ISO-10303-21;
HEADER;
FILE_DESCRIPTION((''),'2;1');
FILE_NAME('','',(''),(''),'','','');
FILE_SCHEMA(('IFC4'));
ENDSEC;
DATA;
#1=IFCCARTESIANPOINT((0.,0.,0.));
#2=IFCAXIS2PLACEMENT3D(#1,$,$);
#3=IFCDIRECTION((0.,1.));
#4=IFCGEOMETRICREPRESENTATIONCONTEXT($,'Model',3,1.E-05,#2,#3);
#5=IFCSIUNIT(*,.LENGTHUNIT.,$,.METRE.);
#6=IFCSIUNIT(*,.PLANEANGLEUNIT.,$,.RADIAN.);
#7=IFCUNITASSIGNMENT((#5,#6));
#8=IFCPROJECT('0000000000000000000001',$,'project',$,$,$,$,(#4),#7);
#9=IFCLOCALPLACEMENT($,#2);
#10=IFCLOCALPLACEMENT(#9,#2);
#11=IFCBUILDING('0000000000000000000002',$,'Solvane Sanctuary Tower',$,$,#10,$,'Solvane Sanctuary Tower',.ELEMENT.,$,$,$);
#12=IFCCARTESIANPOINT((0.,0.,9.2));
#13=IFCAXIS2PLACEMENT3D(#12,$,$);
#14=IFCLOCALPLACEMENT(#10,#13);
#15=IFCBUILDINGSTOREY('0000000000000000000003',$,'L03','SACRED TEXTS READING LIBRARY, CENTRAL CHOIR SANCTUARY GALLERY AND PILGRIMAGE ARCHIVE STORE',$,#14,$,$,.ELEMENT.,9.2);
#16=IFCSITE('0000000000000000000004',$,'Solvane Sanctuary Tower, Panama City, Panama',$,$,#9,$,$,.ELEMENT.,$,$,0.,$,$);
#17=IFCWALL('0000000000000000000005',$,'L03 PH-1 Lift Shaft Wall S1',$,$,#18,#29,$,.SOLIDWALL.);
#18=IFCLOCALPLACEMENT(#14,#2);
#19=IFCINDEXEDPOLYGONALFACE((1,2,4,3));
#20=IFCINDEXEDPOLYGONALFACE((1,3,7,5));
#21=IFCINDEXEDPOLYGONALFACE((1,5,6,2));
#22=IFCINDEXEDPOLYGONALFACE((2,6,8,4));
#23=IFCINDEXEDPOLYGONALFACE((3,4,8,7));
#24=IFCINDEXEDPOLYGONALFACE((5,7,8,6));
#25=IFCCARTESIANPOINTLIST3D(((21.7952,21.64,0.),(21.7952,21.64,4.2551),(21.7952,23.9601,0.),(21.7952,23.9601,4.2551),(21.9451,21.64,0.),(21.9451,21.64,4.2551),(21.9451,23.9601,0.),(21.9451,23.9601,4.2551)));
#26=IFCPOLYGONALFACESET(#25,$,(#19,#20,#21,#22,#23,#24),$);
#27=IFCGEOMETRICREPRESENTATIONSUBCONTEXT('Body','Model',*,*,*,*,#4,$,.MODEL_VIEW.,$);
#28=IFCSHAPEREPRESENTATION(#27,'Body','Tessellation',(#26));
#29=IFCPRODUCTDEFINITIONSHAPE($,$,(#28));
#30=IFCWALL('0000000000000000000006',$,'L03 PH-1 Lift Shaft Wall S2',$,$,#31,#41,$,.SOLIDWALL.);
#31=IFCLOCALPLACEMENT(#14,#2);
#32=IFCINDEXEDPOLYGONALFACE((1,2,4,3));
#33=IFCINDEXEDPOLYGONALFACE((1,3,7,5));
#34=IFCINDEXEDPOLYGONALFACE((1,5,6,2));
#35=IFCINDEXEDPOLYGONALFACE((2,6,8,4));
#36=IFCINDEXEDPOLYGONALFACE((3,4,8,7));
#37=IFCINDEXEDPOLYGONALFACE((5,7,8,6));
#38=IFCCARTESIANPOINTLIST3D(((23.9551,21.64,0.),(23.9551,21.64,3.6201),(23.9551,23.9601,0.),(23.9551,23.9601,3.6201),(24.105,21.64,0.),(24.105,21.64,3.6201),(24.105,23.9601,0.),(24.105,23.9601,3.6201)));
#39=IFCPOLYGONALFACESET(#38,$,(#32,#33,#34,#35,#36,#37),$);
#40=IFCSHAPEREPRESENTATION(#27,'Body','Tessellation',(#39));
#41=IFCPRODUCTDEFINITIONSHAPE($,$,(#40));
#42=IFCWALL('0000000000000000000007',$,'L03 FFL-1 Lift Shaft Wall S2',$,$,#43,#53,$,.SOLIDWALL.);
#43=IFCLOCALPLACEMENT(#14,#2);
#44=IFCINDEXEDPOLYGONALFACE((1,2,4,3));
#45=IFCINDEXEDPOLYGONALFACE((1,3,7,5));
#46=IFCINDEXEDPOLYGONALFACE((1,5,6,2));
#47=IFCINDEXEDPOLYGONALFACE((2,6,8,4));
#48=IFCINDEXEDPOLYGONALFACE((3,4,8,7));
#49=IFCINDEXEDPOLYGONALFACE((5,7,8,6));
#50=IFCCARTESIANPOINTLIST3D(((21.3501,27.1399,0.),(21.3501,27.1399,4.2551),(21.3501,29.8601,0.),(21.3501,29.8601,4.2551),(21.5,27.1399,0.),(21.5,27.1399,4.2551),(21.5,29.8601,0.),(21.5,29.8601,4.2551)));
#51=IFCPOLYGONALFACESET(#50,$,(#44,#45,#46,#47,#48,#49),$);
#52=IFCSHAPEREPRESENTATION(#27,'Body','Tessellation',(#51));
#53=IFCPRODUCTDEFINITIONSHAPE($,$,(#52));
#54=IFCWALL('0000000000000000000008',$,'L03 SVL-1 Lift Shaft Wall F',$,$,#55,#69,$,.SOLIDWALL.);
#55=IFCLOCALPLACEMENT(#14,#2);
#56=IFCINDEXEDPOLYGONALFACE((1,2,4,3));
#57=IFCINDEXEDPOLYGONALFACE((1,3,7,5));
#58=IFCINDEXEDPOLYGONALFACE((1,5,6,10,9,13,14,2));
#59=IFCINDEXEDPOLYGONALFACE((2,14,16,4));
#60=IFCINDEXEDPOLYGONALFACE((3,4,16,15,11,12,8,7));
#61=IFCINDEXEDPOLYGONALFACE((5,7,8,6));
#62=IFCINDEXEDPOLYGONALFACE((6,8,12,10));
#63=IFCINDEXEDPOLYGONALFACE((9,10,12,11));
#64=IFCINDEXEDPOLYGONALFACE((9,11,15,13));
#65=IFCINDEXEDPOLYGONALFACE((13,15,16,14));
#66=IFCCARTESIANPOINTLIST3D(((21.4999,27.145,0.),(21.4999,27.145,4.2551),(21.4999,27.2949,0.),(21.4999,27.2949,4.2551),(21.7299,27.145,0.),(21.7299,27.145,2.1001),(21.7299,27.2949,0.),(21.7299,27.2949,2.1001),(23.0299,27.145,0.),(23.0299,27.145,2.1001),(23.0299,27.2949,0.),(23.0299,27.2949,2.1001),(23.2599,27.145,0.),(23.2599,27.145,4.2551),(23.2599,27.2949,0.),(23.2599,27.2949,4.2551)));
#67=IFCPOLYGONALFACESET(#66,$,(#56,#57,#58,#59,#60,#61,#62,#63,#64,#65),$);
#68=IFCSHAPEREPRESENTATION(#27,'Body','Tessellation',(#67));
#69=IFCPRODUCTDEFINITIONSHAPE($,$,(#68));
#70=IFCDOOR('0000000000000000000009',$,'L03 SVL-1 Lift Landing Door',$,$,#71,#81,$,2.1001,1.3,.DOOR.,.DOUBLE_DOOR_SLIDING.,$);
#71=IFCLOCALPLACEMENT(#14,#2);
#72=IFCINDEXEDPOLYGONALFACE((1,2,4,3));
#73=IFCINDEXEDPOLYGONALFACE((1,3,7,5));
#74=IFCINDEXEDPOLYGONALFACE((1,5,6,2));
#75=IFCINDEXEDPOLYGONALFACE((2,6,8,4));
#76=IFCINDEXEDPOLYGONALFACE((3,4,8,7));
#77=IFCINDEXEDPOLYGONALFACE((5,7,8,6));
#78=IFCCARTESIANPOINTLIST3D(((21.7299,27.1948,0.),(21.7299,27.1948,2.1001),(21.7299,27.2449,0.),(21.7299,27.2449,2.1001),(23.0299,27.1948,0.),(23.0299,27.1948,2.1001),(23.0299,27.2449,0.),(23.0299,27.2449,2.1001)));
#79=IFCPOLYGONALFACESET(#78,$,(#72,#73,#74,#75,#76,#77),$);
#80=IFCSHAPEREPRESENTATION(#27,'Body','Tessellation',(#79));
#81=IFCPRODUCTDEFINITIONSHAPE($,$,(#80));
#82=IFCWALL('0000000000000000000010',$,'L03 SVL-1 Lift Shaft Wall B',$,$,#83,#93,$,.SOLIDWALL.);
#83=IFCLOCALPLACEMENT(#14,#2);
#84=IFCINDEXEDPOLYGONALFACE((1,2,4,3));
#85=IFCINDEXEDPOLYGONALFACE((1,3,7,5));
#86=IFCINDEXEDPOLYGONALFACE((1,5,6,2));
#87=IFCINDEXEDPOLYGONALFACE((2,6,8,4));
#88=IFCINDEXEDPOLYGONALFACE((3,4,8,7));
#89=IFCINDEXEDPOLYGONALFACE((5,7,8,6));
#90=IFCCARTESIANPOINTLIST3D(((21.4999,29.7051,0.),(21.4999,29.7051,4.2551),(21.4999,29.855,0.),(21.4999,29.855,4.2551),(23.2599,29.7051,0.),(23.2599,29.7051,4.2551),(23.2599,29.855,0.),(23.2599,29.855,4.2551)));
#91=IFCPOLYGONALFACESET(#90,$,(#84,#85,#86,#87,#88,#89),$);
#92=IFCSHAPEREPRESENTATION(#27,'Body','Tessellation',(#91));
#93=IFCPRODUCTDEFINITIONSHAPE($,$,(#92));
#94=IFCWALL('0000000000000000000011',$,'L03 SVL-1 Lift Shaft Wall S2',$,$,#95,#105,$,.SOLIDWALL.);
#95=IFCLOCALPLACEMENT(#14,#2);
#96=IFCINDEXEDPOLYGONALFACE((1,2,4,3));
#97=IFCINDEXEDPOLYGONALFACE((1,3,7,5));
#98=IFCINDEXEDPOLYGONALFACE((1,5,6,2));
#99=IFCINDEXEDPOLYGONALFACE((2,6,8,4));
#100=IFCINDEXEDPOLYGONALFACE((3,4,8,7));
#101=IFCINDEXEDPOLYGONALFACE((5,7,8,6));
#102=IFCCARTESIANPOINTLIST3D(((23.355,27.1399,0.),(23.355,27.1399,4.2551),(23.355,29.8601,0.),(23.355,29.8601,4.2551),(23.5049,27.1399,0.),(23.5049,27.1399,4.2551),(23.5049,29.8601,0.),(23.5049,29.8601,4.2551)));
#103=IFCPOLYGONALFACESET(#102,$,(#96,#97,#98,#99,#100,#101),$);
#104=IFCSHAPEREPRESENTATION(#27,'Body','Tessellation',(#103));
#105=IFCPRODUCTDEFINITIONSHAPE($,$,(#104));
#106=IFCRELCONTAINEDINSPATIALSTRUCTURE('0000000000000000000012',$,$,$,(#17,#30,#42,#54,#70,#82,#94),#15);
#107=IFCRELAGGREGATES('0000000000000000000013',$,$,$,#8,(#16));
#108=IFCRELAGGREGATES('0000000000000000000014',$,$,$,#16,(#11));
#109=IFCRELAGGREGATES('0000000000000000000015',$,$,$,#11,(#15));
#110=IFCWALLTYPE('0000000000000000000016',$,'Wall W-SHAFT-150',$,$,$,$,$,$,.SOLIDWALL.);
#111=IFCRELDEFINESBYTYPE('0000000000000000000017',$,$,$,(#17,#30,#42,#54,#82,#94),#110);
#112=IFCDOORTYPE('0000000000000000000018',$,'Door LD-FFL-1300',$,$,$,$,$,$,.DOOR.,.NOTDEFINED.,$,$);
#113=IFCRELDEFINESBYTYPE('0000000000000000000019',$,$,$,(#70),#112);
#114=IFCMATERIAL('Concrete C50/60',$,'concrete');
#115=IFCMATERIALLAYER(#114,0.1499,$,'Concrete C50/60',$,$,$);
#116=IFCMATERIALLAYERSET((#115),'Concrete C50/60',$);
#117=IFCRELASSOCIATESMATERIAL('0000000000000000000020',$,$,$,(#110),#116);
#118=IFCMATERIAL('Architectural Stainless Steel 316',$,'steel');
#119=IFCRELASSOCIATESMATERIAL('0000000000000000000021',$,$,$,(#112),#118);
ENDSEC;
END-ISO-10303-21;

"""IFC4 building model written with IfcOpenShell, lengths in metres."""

from ifc_helpers import new_model, si_unit, direction, frame, frame_2d, origin, place, context, subcontext, project, spatial, rectangle, extrude, material, layer, layer_set, type_object, element, fill, save


model = new_model("IFC4")

# Units and contexts
model_context = context("Model", 3, precision=1e-05, world=origin(), true_north=direction((0.0, 1.0)))
body_context = subcontext(model_context, "Body", "Model", "MODEL_VIEW")
ifc_project = project(units=[si_unit("LENGTHUNIT", "METRE"), si_unit("PLANEANGLEUNIT", "RADIAN")], contexts=[model_context])

# Site, building, storey
site_placement = place(None, origin())
site = spatial("IfcSite", under=ifc_project, at=site_placement, Name="Solvane Sanctuary Tower, Panama City, Panama", CompositionType="ELEMENT", RefElevation=0.0)
building_placement = place(site_placement, origin())
building = spatial("IfcBuilding", under=site, at=building_placement, Name="Solvane Sanctuary Tower", LongName="Solvane Sanctuary Tower", CompositionType="ELEMENT")
storey_placement = place(building_placement, frame((0.0, 0.0, 9.2)))
storey = spatial("IfcBuildingStorey", under=building, at=storey_placement, Name="L03", Description="SACRED TEXTS READING LIBRARY, CENTRAL CHOIR SANCTUARY GALLERY AND PILGRIMAGE ARCHIVE STORE", CompositionType="ELEMENT", Elevation=9.2)

# Shared definitions
ifc_material_1 = material(Name="Architectural Stainless Steel 316", Category="steel")

# Walls
ifc_material_2 = material(Name="Concrete C50/60", Category="concrete")
ifc_layer_1 = layer(ifc_material_2, 0.1499, Name="Concrete C50/60")
ifc_layer_set_1 = layer_set([ifc_layer_1], Name="Concrete C50/60")
wall_type_1 = type_object("IfcWallType", Name="Wall W-SHAFT-150", PredefinedType="SOLIDWALL", material=ifc_layer_set_1)
wall_1_placement = place(storey_placement, frame((21.8701, 21.6399, 0.0), z_axis=(0.0, 0.0, 1.0), x_axis=(0.0, 1.0, 0.0)))
element("IfcWall", 1, at=wall_1_placement, inside=storey, type_object=wall_type_1, Name="L03 PH-1 Lift Shaft Wall S1", PredefinedType="SOLIDWALL", context=body_context, shape_type="SweptSolid", body=[
    extrude(rectangle(XDim=2.3201, YDim=0.1499, at=frame_2d((1.1602, 0.0))), origin(), (0.0, 0.0, 1.0), 4.2551),
])
wall_2_placement = place(storey_placement, frame((24.03, 21.6399, 0.0), z_axis=(0.0, 0.0, 1.0), x_axis=(0.0, 1.0, 0.0)))
element("IfcWall", 2, at=wall_2_placement, inside=storey, type_object=wall_type_1, Name="L03 PH-1 Lift Shaft Wall S2", PredefinedType="SOLIDWALL", context=body_context, shape_type="SweptSolid", body=[
    extrude(rectangle(XDim=2.3201, YDim=0.1499, at=frame_2d((1.1602, 0.0))), origin(), (0.0, 0.0, 1.0), 3.6201),
])
wall_3_placement = place(storey_placement, frame((21.425, 27.1399, 0.0), z_axis=(0.0, 0.0, 1.0), x_axis=(0.0, 1.0, 0.0)))
element("IfcWall", 3, at=wall_3_placement, inside=storey, type_object=wall_type_1, Name="L03 FFL-1 Lift Shaft Wall S2", PredefinedType="SOLIDWALL", context=body_context, shape_type="SweptSolid", body=[
    extrude(rectangle(XDim=2.7202, YDim=0.1499, at=frame_2d((1.3601, 0.0))), origin(), (0.0, 0.0, 1.0), 4.2551),
])

# Wall, opening, door
wall_4_placement = place(storey_placement, frame((21.5, 27.22, 0.0), z_axis=(0.0, 0.0, 1.0), x_axis=(1.0, 0.0, 0.0)))
wall_4 = element("IfcWall", 4, at=wall_4_placement, inside=storey, type_object=wall_type_1, Name="L03 SVL-1 Lift Shaft Wall F", PredefinedType="SOLIDWALL", context=body_context, shape_type="SweptSolid", body=[
    extrude(rectangle(XDim=1.76, YDim=0.1499, at=frame_2d((0.8799, 0.0))), origin(), (0.0, 0.0, 1.0), 4.2551),
])
opening_1_placement = place(wall_4_placement, frame((0.23, 0.0, 0.0)))
opening_1 = element("IfcOpeningElement", 5, at=opening_1_placement, cuts=wall_4, PredefinedType="OPENING", context=body_context, shape_type="SweptSolid", body=[
    extrude(rectangle(XDim=1.3, YDim=2.1001, at=frame_2d((0.6499, 1.05))), frame((0.0, 0.085, 0.0), z_axis=(0.0, -1.0, 0.0), x_axis=(1.0, 0.0, 0.0)), (0.0, 0.0, 1.0), 0.1699),
])
door_type_1 = type_object("IfcDoorType", Name="Door LD-FFL-1300", OperationType="NOTDEFINED", PredefinedType="DOOR", material=ifc_material_1)
door_1_placement = place(opening_1_placement, origin())
door_1 = element("IfcDoor", 6, at=door_1_placement, inside=storey, type_object=door_type_1, Name="L03 SVL-1 Lift Landing Door", OperationType="DOUBLE_DOOR_SLIDING", OverallHeight=2.1001, OverallWidth=1.3, PredefinedType="DOOR", context=body_context, shape_type="SweptSolid", body=[
    extrude(rectangle(XDim=1.3, YDim=2.1001, at=frame_2d((0.6499, 1.05))), frame((0.0, 0.0249, 0.0), z_axis=(0.0, -1.0, 0.0), x_axis=(1.0, 0.0, 0.0)), (0.0, 0.0, 1.0), 0.05),
])
fill(opening_1, door_1)

# Walls
wall_5_placement = place(storey_placement, frame((21.5, 29.78, 0.0), z_axis=(0.0, 0.0, 1.0), x_axis=(1.0, 0.0, 0.0)))
element("IfcWall", 7, at=wall_5_placement, inside=storey, type_object=wall_type_1, Name="L03 SVL-1 Lift Shaft Wall B", PredefinedType="SOLIDWALL", context=body_context, shape_type="SweptSolid", body=[
    extrude(rectangle(XDim=1.76, YDim=0.1499, at=frame_2d((0.8799, 0.0))), origin(), (0.0, 0.0, 1.0), 4.2551),
])
wall_6_placement = place(storey_placement, frame((23.4299, 27.1399, 0.0), z_axis=(0.0, 0.0, 1.0), x_axis=(0.0, 1.0, 0.0)))
element("IfcWall", 8, at=wall_6_placement, inside=storey, type_object=wall_type_1, Name="L03 SVL-1 Lift Shaft Wall S2", PredefinedType="SOLIDWALL", context=body_context, shape_type="SweptSolid", body=[
    extrude(rectangle(XDim=2.7202, YDim=0.1499, at=frame_2d((1.3601, 0.0))), origin(), (0.0, 0.0, 1.0), 4.2551),
])

save(model, "model.ifc")
